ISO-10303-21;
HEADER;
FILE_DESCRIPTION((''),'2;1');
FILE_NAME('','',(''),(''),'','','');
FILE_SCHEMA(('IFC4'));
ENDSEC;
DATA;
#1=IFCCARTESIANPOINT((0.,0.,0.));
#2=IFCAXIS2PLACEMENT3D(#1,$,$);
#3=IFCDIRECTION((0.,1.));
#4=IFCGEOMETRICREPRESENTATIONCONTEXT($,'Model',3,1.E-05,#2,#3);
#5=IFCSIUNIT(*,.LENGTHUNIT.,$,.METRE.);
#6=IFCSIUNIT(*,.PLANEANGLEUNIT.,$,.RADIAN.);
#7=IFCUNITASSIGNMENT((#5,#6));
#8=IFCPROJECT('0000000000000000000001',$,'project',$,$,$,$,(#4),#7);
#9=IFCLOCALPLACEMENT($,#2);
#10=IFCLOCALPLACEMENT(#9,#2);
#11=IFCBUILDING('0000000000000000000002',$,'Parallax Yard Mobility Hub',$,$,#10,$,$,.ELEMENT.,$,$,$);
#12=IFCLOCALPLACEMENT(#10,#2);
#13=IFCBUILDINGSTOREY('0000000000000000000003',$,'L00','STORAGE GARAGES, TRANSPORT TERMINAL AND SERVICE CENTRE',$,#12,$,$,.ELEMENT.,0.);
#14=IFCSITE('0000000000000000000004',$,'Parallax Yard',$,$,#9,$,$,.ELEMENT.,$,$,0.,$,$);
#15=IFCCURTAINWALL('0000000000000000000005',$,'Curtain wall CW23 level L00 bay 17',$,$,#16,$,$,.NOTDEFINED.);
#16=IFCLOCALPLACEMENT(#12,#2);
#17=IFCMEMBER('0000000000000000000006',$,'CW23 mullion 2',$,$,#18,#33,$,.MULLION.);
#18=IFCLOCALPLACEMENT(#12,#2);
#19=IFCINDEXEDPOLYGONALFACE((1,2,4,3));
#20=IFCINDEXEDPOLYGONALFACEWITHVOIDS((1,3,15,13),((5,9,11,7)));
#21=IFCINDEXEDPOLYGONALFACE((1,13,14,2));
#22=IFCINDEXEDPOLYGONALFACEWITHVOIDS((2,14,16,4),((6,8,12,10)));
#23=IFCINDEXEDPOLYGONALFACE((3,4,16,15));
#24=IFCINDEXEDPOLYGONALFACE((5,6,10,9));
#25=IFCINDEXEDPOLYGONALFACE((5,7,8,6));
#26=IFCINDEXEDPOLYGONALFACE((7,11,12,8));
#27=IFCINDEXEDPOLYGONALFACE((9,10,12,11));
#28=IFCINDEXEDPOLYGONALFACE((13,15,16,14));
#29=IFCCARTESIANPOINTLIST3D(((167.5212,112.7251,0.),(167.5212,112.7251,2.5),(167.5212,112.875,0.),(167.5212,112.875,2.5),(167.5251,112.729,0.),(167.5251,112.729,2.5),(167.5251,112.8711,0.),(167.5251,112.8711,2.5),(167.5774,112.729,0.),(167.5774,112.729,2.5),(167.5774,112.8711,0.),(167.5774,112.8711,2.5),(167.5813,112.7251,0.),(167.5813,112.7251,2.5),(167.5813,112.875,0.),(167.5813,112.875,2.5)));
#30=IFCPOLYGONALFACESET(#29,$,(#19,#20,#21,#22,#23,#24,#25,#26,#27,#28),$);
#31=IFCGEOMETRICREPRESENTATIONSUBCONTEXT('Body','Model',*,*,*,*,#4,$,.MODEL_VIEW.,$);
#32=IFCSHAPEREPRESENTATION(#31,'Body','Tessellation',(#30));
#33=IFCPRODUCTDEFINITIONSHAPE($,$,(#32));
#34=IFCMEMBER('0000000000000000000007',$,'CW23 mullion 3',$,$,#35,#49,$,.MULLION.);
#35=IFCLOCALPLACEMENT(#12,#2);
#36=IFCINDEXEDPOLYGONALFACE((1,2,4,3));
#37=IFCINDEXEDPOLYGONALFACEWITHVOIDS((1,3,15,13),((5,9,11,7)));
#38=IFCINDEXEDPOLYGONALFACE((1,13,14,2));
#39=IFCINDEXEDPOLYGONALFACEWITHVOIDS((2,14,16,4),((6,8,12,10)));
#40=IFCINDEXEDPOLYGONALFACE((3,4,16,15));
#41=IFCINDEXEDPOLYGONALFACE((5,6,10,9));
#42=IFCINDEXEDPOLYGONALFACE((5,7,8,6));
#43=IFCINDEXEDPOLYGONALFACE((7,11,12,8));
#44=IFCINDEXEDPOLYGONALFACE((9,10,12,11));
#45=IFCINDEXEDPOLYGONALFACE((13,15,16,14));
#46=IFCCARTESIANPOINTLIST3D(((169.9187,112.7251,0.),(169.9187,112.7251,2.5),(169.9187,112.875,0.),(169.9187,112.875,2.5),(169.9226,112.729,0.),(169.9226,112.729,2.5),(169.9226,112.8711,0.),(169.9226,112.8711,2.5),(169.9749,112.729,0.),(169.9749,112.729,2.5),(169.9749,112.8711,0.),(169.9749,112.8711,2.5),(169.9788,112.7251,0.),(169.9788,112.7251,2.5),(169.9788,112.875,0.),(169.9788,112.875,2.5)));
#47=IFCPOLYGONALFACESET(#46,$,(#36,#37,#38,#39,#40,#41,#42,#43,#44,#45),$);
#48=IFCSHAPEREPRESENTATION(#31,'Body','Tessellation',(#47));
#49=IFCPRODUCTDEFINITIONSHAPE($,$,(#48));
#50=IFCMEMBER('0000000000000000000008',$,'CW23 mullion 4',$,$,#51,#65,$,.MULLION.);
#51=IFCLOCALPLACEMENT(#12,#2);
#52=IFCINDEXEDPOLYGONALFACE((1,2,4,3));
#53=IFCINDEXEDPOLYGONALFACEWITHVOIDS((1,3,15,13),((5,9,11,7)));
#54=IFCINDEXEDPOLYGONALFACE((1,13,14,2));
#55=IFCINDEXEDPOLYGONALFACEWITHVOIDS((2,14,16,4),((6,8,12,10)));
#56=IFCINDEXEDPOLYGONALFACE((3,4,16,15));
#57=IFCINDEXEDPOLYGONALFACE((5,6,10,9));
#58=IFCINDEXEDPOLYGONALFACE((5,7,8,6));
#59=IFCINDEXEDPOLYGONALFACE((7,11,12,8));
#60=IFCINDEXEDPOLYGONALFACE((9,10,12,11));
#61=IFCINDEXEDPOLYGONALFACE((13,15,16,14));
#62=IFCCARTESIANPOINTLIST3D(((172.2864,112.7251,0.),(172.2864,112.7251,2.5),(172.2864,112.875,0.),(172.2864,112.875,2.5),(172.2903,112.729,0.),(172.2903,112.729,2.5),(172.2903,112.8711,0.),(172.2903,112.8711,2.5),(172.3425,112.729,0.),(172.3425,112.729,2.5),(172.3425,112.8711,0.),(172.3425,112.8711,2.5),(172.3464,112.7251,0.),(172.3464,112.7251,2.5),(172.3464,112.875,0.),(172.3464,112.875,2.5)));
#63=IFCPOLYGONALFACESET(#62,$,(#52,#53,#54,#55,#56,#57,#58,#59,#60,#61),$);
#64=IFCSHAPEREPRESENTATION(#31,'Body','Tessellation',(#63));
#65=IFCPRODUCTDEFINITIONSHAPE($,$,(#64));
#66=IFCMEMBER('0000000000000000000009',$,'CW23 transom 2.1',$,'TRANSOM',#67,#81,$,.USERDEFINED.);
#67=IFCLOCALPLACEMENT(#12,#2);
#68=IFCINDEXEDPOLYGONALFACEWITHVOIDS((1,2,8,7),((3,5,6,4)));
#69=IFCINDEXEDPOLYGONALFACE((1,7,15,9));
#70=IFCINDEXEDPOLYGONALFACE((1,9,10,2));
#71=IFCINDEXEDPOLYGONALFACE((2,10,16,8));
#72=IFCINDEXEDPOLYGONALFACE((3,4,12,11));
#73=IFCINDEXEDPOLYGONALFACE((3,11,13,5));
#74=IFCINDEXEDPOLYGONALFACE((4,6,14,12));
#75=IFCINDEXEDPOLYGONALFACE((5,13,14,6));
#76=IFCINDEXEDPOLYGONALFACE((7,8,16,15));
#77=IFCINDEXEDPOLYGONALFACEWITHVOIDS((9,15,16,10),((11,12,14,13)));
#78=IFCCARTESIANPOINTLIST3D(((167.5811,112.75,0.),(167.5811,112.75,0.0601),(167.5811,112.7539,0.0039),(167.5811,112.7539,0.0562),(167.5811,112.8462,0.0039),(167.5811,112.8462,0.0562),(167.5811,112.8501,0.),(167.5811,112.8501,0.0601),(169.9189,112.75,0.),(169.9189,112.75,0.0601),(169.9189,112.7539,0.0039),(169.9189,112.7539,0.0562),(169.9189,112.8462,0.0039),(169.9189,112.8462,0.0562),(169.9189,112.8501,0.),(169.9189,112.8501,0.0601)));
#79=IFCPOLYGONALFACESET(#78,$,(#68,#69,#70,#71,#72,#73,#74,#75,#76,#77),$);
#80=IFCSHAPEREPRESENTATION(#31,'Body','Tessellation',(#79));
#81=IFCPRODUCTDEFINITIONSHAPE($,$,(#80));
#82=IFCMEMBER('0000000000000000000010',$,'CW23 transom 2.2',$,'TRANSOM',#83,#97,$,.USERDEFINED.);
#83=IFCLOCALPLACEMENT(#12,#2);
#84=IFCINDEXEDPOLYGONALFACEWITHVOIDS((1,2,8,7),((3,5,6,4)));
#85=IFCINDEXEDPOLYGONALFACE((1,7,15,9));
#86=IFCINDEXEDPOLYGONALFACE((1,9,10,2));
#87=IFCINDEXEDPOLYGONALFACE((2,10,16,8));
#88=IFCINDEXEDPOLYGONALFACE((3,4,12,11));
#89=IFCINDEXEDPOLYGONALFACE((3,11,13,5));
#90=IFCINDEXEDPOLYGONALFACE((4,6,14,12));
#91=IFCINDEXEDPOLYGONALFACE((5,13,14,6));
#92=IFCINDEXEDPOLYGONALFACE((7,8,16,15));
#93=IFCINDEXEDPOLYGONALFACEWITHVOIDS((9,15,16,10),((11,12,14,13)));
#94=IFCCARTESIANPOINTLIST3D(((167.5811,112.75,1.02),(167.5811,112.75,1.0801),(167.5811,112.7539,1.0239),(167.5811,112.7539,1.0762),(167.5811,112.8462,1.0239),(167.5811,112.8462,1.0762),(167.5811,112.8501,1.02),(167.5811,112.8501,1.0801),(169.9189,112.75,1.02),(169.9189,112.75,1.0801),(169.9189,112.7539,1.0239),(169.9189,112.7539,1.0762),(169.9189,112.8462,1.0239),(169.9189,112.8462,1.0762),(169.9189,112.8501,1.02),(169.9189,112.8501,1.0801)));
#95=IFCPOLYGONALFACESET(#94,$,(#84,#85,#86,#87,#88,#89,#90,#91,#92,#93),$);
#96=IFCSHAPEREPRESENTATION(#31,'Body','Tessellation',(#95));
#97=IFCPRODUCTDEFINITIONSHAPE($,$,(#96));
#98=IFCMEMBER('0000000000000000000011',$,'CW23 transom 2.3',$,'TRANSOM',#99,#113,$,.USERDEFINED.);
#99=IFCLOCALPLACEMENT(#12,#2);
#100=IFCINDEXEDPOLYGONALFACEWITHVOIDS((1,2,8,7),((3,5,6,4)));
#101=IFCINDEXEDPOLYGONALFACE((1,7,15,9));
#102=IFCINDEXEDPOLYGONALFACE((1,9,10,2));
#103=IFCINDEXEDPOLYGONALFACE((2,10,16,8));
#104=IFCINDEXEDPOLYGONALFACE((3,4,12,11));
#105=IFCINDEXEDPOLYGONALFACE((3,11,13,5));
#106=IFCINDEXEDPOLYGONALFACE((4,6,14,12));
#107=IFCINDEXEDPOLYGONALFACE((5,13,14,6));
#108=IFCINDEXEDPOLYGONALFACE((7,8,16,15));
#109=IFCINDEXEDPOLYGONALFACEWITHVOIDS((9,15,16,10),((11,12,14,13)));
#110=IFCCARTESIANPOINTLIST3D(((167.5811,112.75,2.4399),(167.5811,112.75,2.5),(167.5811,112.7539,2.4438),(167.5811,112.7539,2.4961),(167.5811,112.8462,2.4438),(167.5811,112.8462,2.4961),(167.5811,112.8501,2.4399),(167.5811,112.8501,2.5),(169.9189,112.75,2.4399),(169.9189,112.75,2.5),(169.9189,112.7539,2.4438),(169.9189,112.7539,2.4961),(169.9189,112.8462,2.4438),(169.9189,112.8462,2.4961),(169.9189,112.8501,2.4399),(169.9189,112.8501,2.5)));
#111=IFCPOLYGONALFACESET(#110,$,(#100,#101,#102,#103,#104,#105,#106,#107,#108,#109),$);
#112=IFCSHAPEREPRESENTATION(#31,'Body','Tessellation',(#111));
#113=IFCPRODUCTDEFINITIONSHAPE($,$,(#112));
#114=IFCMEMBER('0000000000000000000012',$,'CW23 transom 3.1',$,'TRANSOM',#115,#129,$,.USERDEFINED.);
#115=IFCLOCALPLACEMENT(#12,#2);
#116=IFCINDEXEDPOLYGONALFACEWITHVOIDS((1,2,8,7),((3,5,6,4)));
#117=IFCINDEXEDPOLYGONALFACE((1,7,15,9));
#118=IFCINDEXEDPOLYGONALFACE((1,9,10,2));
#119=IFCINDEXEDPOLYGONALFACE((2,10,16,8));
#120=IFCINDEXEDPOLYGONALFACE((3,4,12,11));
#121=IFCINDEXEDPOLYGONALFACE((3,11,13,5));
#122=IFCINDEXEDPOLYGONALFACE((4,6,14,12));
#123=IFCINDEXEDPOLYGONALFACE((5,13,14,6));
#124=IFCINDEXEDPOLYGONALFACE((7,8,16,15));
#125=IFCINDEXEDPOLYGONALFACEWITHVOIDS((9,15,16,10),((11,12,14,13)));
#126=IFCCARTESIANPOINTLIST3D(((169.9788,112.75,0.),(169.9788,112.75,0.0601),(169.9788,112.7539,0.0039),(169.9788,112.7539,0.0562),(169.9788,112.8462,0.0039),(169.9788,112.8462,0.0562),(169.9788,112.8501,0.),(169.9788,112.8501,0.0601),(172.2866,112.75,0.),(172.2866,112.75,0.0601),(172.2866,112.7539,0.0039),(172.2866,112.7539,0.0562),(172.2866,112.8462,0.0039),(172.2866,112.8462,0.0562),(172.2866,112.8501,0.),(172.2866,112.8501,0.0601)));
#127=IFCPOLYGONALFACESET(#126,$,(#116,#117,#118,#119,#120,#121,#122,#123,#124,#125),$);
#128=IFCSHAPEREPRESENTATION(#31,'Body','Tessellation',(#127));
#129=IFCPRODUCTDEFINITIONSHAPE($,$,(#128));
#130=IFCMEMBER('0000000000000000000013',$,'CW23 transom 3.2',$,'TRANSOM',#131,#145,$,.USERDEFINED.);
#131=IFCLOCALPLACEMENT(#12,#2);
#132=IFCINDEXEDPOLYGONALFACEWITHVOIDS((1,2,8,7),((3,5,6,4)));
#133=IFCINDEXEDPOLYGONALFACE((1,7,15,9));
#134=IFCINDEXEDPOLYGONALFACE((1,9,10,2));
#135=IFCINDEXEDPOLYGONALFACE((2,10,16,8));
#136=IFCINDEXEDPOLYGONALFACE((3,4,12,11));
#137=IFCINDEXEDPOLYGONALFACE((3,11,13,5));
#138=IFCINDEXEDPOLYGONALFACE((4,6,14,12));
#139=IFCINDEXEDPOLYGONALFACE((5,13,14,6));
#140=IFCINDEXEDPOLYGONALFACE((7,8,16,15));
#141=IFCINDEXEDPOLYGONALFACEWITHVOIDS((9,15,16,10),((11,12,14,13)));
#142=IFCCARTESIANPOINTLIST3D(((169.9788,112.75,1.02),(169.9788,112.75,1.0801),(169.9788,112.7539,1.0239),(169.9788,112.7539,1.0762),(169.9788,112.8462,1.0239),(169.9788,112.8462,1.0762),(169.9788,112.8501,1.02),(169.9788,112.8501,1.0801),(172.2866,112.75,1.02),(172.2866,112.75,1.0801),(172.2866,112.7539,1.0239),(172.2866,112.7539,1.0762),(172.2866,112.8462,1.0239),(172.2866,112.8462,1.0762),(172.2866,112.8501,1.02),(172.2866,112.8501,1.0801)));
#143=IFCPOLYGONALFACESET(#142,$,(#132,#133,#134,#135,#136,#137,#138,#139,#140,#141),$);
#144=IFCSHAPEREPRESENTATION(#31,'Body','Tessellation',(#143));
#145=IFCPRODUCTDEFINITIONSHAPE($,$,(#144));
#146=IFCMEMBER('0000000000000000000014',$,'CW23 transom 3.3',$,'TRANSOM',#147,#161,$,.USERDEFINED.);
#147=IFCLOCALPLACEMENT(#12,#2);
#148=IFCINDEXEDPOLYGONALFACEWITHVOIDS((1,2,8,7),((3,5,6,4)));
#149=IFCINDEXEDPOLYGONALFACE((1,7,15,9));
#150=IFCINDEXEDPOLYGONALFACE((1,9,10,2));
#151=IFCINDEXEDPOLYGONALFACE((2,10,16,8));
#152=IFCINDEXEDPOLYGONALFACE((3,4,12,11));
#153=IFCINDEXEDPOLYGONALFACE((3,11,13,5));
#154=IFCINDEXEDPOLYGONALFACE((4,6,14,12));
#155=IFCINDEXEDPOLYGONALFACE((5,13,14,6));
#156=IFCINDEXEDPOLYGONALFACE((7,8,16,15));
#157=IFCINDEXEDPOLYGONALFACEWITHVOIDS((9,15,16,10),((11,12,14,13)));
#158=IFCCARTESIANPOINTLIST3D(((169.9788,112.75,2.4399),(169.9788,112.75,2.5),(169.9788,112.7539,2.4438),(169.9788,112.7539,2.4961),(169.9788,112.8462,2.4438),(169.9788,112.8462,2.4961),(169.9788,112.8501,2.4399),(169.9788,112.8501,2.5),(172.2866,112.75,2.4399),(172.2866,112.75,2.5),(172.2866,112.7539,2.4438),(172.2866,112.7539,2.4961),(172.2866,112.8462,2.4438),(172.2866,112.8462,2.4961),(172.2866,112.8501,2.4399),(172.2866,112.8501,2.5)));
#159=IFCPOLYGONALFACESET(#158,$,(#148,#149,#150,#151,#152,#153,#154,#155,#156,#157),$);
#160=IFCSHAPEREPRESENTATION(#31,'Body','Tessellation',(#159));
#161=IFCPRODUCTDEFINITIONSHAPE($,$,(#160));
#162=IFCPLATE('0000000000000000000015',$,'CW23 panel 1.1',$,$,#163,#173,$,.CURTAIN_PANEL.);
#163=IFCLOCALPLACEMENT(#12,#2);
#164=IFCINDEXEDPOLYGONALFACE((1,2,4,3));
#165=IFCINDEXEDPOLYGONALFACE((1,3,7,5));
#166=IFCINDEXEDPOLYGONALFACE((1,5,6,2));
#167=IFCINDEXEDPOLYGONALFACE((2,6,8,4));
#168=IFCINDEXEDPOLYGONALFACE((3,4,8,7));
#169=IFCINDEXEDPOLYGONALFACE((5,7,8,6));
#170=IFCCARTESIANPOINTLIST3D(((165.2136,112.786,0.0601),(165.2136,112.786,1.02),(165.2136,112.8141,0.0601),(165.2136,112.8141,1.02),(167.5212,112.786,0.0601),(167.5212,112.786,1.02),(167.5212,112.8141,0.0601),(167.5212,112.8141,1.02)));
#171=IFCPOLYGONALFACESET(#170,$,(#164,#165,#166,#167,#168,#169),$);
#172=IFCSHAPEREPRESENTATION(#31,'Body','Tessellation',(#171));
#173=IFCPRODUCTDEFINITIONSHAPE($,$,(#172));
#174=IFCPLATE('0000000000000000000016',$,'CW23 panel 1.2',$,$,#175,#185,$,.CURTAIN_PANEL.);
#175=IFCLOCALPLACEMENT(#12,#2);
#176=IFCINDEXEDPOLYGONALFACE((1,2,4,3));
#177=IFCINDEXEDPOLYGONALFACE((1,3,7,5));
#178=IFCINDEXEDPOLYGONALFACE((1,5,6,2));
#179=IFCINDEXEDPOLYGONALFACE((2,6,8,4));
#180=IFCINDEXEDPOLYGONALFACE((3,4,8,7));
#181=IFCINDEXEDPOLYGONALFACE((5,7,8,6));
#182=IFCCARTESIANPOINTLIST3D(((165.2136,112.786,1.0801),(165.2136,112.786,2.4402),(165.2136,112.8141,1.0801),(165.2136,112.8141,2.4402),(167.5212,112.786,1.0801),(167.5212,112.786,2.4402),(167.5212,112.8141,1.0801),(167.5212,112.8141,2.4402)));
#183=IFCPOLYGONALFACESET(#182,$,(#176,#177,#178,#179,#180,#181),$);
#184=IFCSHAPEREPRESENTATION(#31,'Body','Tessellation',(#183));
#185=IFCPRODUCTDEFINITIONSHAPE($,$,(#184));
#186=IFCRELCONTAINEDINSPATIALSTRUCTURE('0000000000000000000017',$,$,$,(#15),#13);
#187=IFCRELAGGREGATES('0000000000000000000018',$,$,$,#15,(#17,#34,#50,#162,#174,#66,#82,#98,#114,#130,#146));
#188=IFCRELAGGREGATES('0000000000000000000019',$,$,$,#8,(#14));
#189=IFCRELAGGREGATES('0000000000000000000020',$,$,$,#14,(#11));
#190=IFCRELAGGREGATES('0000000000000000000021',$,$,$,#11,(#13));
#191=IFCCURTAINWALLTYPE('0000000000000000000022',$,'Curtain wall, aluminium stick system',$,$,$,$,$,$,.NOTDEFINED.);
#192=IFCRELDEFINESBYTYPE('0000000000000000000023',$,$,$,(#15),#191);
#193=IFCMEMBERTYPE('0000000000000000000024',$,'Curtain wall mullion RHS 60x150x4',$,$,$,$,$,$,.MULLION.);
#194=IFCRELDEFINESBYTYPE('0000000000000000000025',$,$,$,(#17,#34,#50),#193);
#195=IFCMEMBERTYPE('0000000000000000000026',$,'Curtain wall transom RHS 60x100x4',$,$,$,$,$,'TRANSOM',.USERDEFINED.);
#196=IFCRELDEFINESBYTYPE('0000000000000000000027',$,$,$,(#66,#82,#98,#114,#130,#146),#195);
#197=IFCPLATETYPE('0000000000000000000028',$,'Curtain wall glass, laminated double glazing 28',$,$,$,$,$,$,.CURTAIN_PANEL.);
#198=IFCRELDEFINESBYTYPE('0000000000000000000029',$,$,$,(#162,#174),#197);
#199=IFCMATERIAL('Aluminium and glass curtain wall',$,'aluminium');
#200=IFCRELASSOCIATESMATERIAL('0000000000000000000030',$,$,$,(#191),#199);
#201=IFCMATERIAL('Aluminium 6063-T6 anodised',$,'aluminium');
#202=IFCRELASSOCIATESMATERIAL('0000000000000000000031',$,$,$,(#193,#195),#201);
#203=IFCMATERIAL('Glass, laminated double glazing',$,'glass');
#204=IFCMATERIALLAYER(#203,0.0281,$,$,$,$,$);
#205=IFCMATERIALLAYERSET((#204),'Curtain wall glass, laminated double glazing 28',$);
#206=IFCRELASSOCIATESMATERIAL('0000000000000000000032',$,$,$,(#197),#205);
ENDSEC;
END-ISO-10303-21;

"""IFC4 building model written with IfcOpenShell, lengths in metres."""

from ifc_helpers import new_model, si_unit, direction, frame, origin, origin_2d, place, context, subcontext, project, spatial, rectangle, hollow_rectangle, extrude, material, layer, layer_set, material_profile, profile_set, type_object, element, aggregate, save


model = new_model("IFC4")

# Units and contexts
model_context = context("Model", 3, precision=1e-05, world=origin(), true_north=direction((0.0, 1.0)))
body_context = subcontext(model_context, "Body", "Model", "MODEL_VIEW")
ifc_project = project(units=[si_unit("LENGTHUNIT", "METRE"), si_unit("PLANEANGLEUNIT", "RADIAN")], contexts=[model_context])

# Site, building, storey
site_placement = place(None, origin())
site = spatial("IfcSite", under=ifc_project, at=site_placement, Name="Parallax Yard", CompositionType="ELEMENT", RefElevation=0.0)
building_placement = place(site_placement, origin())
building = spatial("IfcBuilding", under=site, at=building_placement, Name="Parallax Yard Mobility Hub", CompositionType="ELEMENT")
storey_placement = place(building_placement, origin())
storey = spatial("IfcBuildingStorey", under=building, at=storey_placement, Name="L00", Description="STORAGE GARAGES, TRANSPORT TERMINAL AND SERVICE CENTRE", CompositionType="ELEMENT", Elevation=0.0)

# Curtain wall, members, plates
ifc_material_1 = material(Name="Aluminium and glass curtain wall", Category="aluminium")
curtain_wall_type = type_object("IfcCurtainWallType", Name="Curtain wall, aluminium stick system", PredefinedType="NOTDEFINED", material=ifc_material_1)
curtain_wall_placement = place(storey_placement, origin())
curtain_wall = element("IfcCurtainWall", 1, at=curtain_wall_placement, inside=storey, type_object=curtain_wall_type, Name="Curtain wall CW23 level L00 bay 17", PredefinedType="NOTDEFINED")
ifc_material_2 = material(Name="Aluminium 6063-T6 anodised", Category="aluminium")
ifc_material_profile_1 = material_profile(ifc_material_2, hollow_rectangle(XDim=0.1499, YDim=0.0601, WallThickness=0.0039, at=origin_2d()), Name="RHS 60x150x4")
ifc_profile_set_1 = profile_set([ifc_material_profile_1], Name="Aluminium 6063-T6 anodised")
member_type_1 = type_object("IfcMemberType", Name="Curtain wall mullion RHS 60x150x4", PredefinedType="MULLION", material=ifc_profile_set_1)
member_1_placement = place(storey_placement, frame((167.5513, 112.8, 0.0), z_axis=(0.0, 0.0, 1.0), x_axis=(0.0, 1.0, 0.0)))
member_1 = element("IfcMember", 2, at=member_1_placement, type_object=member_type_1, Name="CW23 mullion 2", PredefinedType="MULLION", context=body_context, shape_type="SweptSolid", body=[
    extrude(hollow_rectangle(XDim=0.1499, YDim=0.0601, WallThickness=0.0039, at=origin_2d()), origin(), (0.0, 0.0, 1.0), 2.5),
])
member_2_placement = place(storey_placement, frame((169.9487, 112.8, 0.0), z_axis=(0.0, 0.0, 1.0), x_axis=(0.0, 1.0, 0.0)))
member_2 = element("IfcMember", 3, at=member_2_placement, type_object=member_type_1, Name="CW23 mullion 3", PredefinedType="MULLION", context=body_context, shape_type="SweptSolid", body=[
    extrude(hollow_rectangle(XDim=0.1499, YDim=0.0601, WallThickness=0.0039, at=origin_2d()), origin(), (0.0, 0.0, 1.0), 2.5),
])
member_3_placement = place(storey_placement, frame((172.3164, 112.8, 0.0), z_axis=(0.0, 0.0, 1.0), x_axis=(0.0, 1.0, 0.0)))
member_3 = element("IfcMember", 4, at=member_3_placement, type_object=member_type_1, Name="CW23 mullion 4", PredefinedType="MULLION", context=body_context, shape_type="SweptSolid", body=[
    extrude(hollow_rectangle(XDim=0.1499, YDim=0.0601, WallThickness=0.0039, at=origin_2d()), origin(), (0.0, 0.0, 1.0), 2.5),
])
ifc_material_profile_2 = material_profile(ifc_material_2, hollow_rectangle(XDim=0.1001, YDim=0.0601, WallThickness=0.0039, at=origin_2d()), Name="RHS 60x100x4")
ifc_profile_set_2 = profile_set([ifc_material_profile_2], Name="Aluminium 6063-T6 anodised")
member_type_2 = type_object("IfcMemberType", Name="Curtain wall transom RHS 60x100x4", ElementType="TRANSOM", PredefinedType="USERDEFINED", material=ifc_profile_set_2)
member_4_placement = place(storey_placement, frame((167.5811, 112.8, 0.03), z_axis=(1.0, 0.0, 0.0), x_axis=(0.0, 1.0, 0.0)))
member_4 = element("IfcMember", 5, at=member_4_placement, type_object=member_type_2, Name="CW23 transom 2.1", ObjectType="TRANSOM", PredefinedType="USERDEFINED", context=body_context, shape_type="SweptSolid", body=[
    extrude(hollow_rectangle(XDim=0.1001, YDim=0.0601, WallThickness=0.0039, at=origin_2d()), origin(), (0.0, 0.0, 1.0), 2.3379),
])
member_5_placement = place(storey_placement, frame((167.5811, 112.8, 1.05), z_axis=(1.0, 0.0, 0.0), x_axis=(0.0, 1.0, 0.0)))
member_5 = element("IfcMember", 6, at=member_5_placement, type_object=member_type_2, Name="CW23 transom 2.2", ObjectType="TRANSOM", PredefinedType="USERDEFINED", context=body_context, shape_type="SweptSolid", body=[
    extrude(hollow_rectangle(XDim=0.1001, YDim=0.0601, WallThickness=0.0039, at=origin_2d()), origin(), (0.0, 0.0, 1.0), 2.3379),
])
member_6_placement = place(storey_placement, frame((167.5811, 112.8, 2.47), z_axis=(1.0, 0.0, 0.0), x_axis=(0.0, 1.0, 0.0)))
member_6 = element("IfcMember", 7, at=member_6_placement, type_object=member_type_2, Name="CW23 transom 2.3", ObjectType="TRANSOM", PredefinedType="USERDEFINED", context=body_context, shape_type="SweptSolid", body=[
    extrude(hollow_rectangle(XDim=0.1001, YDim=0.0601, WallThickness=0.0039, at=origin_2d()), origin(), (0.0, 0.0, 1.0), 2.3379),
])
member_7_placement = place(storey_placement, frame((169.9788, 112.8, 0.03), z_axis=(1.0, 0.0, 0.0), x_axis=(0.0, 1.0, 0.0)))
member_7 = element("IfcMember", 8, at=member_7_placement, type_object=member_type_2, Name="CW23 transom 3.1", ObjectType="TRANSOM", PredefinedType="USERDEFINED", context=body_context, shape_type="SweptSolid", body=[
    extrude(hollow_rectangle(XDim=0.1001, YDim=0.0601, WallThickness=0.0039, at=origin_2d()), origin(), (0.0, 0.0, 1.0), 2.3079),
])
member_8_placement = place(storey_placement, frame((169.9788, 112.8, 1.05), z_axis=(1.0, 0.0, 0.0), x_axis=(0.0, 1.0, 0.0)))
member_8 = element("IfcMember", 9, at=member_8_placement, type_object=member_type_2, Name="CW23 transom 3.2", ObjectType="TRANSOM", PredefinedType="USERDEFINED", context=body_context, shape_type="SweptSolid", body=[
    extrude(hollow_rectangle(XDim=0.1001, YDim=0.0601, WallThickness=0.0039, at=origin_2d()), origin(), (0.0, 0.0, 1.0), 2.3079),
])
member_9_placement = place(storey_placement, frame((169.9788, 112.8, 2.47), z_axis=(1.0, 0.0, 0.0), x_axis=(0.0, 1.0, 0.0)))
member_9 = element("IfcMember", 10, at=member_9_placement, type_object=member_type_2, Name="CW23 transom 3.3", ObjectType="TRANSOM", PredefinedType="USERDEFINED", context=body_context, shape_type="SweptSolid", body=[
    extrude(hollow_rectangle(XDim=0.1001, YDim=0.0601, WallThickness=0.0039, at=origin_2d()), origin(), (0.0, 0.0, 1.0), 2.3079),
])
ifc_material_3 = material(Name="Glass, laminated double glazing", Category="glass")
ifc_layer_1 = layer(ifc_material_3, 0.0281)
ifc_layer_set_1 = layer_set([ifc_layer_1], Name="Curtain wall glass, laminated double glazing 28")
plate_type = type_object("IfcPlateType", Name="Curtain wall glass, laminated double glazing 28", PredefinedType="CURTAIN_PANEL", material=ifc_layer_set_1)
plate_1_placement = place(storey_placement, frame((166.3674, 112.8, 0.0601), z_axis=(0.0, 0.0, 1.0), x_axis=(1.0, 0.0, 0.0)))
plate_1 = element("IfcPlate", 11, at=plate_1_placement, type_object=plate_type, Name="CW23 panel 1.1", PredefinedType="CURTAIN_PANEL", context=body_context, shape_type="SweptSolid", body=[
    extrude(rectangle(XDim=2.3076, YDim=0.0281, at=origin_2d()), origin(), (0.0, 0.0, 1.0), 0.96),
])
plate_2_placement = place(storey_placement, frame((166.3674, 112.8, 1.0801), z_axis=(0.0, 0.0, 1.0), x_axis=(1.0, 0.0, 0.0)))
plate_2 = element("IfcPlate", 12, at=plate_2_placement, type_object=plate_type, Name="CW23 panel 1.2", PredefinedType="CURTAIN_PANEL", context=body_context, shape_type="SweptSolid", body=[
    extrude(rectangle(XDim=2.3076, YDim=0.0281, at=origin_2d()), origin(), (0.0, 0.0, 1.0), 1.3601),
])
aggregate(curtain_wall, [member_1, member_2, member_3, plate_1, plate_2, member_4, member_5, member_6, member_7, member_8, member_9])

save(model, "model.ifc")
